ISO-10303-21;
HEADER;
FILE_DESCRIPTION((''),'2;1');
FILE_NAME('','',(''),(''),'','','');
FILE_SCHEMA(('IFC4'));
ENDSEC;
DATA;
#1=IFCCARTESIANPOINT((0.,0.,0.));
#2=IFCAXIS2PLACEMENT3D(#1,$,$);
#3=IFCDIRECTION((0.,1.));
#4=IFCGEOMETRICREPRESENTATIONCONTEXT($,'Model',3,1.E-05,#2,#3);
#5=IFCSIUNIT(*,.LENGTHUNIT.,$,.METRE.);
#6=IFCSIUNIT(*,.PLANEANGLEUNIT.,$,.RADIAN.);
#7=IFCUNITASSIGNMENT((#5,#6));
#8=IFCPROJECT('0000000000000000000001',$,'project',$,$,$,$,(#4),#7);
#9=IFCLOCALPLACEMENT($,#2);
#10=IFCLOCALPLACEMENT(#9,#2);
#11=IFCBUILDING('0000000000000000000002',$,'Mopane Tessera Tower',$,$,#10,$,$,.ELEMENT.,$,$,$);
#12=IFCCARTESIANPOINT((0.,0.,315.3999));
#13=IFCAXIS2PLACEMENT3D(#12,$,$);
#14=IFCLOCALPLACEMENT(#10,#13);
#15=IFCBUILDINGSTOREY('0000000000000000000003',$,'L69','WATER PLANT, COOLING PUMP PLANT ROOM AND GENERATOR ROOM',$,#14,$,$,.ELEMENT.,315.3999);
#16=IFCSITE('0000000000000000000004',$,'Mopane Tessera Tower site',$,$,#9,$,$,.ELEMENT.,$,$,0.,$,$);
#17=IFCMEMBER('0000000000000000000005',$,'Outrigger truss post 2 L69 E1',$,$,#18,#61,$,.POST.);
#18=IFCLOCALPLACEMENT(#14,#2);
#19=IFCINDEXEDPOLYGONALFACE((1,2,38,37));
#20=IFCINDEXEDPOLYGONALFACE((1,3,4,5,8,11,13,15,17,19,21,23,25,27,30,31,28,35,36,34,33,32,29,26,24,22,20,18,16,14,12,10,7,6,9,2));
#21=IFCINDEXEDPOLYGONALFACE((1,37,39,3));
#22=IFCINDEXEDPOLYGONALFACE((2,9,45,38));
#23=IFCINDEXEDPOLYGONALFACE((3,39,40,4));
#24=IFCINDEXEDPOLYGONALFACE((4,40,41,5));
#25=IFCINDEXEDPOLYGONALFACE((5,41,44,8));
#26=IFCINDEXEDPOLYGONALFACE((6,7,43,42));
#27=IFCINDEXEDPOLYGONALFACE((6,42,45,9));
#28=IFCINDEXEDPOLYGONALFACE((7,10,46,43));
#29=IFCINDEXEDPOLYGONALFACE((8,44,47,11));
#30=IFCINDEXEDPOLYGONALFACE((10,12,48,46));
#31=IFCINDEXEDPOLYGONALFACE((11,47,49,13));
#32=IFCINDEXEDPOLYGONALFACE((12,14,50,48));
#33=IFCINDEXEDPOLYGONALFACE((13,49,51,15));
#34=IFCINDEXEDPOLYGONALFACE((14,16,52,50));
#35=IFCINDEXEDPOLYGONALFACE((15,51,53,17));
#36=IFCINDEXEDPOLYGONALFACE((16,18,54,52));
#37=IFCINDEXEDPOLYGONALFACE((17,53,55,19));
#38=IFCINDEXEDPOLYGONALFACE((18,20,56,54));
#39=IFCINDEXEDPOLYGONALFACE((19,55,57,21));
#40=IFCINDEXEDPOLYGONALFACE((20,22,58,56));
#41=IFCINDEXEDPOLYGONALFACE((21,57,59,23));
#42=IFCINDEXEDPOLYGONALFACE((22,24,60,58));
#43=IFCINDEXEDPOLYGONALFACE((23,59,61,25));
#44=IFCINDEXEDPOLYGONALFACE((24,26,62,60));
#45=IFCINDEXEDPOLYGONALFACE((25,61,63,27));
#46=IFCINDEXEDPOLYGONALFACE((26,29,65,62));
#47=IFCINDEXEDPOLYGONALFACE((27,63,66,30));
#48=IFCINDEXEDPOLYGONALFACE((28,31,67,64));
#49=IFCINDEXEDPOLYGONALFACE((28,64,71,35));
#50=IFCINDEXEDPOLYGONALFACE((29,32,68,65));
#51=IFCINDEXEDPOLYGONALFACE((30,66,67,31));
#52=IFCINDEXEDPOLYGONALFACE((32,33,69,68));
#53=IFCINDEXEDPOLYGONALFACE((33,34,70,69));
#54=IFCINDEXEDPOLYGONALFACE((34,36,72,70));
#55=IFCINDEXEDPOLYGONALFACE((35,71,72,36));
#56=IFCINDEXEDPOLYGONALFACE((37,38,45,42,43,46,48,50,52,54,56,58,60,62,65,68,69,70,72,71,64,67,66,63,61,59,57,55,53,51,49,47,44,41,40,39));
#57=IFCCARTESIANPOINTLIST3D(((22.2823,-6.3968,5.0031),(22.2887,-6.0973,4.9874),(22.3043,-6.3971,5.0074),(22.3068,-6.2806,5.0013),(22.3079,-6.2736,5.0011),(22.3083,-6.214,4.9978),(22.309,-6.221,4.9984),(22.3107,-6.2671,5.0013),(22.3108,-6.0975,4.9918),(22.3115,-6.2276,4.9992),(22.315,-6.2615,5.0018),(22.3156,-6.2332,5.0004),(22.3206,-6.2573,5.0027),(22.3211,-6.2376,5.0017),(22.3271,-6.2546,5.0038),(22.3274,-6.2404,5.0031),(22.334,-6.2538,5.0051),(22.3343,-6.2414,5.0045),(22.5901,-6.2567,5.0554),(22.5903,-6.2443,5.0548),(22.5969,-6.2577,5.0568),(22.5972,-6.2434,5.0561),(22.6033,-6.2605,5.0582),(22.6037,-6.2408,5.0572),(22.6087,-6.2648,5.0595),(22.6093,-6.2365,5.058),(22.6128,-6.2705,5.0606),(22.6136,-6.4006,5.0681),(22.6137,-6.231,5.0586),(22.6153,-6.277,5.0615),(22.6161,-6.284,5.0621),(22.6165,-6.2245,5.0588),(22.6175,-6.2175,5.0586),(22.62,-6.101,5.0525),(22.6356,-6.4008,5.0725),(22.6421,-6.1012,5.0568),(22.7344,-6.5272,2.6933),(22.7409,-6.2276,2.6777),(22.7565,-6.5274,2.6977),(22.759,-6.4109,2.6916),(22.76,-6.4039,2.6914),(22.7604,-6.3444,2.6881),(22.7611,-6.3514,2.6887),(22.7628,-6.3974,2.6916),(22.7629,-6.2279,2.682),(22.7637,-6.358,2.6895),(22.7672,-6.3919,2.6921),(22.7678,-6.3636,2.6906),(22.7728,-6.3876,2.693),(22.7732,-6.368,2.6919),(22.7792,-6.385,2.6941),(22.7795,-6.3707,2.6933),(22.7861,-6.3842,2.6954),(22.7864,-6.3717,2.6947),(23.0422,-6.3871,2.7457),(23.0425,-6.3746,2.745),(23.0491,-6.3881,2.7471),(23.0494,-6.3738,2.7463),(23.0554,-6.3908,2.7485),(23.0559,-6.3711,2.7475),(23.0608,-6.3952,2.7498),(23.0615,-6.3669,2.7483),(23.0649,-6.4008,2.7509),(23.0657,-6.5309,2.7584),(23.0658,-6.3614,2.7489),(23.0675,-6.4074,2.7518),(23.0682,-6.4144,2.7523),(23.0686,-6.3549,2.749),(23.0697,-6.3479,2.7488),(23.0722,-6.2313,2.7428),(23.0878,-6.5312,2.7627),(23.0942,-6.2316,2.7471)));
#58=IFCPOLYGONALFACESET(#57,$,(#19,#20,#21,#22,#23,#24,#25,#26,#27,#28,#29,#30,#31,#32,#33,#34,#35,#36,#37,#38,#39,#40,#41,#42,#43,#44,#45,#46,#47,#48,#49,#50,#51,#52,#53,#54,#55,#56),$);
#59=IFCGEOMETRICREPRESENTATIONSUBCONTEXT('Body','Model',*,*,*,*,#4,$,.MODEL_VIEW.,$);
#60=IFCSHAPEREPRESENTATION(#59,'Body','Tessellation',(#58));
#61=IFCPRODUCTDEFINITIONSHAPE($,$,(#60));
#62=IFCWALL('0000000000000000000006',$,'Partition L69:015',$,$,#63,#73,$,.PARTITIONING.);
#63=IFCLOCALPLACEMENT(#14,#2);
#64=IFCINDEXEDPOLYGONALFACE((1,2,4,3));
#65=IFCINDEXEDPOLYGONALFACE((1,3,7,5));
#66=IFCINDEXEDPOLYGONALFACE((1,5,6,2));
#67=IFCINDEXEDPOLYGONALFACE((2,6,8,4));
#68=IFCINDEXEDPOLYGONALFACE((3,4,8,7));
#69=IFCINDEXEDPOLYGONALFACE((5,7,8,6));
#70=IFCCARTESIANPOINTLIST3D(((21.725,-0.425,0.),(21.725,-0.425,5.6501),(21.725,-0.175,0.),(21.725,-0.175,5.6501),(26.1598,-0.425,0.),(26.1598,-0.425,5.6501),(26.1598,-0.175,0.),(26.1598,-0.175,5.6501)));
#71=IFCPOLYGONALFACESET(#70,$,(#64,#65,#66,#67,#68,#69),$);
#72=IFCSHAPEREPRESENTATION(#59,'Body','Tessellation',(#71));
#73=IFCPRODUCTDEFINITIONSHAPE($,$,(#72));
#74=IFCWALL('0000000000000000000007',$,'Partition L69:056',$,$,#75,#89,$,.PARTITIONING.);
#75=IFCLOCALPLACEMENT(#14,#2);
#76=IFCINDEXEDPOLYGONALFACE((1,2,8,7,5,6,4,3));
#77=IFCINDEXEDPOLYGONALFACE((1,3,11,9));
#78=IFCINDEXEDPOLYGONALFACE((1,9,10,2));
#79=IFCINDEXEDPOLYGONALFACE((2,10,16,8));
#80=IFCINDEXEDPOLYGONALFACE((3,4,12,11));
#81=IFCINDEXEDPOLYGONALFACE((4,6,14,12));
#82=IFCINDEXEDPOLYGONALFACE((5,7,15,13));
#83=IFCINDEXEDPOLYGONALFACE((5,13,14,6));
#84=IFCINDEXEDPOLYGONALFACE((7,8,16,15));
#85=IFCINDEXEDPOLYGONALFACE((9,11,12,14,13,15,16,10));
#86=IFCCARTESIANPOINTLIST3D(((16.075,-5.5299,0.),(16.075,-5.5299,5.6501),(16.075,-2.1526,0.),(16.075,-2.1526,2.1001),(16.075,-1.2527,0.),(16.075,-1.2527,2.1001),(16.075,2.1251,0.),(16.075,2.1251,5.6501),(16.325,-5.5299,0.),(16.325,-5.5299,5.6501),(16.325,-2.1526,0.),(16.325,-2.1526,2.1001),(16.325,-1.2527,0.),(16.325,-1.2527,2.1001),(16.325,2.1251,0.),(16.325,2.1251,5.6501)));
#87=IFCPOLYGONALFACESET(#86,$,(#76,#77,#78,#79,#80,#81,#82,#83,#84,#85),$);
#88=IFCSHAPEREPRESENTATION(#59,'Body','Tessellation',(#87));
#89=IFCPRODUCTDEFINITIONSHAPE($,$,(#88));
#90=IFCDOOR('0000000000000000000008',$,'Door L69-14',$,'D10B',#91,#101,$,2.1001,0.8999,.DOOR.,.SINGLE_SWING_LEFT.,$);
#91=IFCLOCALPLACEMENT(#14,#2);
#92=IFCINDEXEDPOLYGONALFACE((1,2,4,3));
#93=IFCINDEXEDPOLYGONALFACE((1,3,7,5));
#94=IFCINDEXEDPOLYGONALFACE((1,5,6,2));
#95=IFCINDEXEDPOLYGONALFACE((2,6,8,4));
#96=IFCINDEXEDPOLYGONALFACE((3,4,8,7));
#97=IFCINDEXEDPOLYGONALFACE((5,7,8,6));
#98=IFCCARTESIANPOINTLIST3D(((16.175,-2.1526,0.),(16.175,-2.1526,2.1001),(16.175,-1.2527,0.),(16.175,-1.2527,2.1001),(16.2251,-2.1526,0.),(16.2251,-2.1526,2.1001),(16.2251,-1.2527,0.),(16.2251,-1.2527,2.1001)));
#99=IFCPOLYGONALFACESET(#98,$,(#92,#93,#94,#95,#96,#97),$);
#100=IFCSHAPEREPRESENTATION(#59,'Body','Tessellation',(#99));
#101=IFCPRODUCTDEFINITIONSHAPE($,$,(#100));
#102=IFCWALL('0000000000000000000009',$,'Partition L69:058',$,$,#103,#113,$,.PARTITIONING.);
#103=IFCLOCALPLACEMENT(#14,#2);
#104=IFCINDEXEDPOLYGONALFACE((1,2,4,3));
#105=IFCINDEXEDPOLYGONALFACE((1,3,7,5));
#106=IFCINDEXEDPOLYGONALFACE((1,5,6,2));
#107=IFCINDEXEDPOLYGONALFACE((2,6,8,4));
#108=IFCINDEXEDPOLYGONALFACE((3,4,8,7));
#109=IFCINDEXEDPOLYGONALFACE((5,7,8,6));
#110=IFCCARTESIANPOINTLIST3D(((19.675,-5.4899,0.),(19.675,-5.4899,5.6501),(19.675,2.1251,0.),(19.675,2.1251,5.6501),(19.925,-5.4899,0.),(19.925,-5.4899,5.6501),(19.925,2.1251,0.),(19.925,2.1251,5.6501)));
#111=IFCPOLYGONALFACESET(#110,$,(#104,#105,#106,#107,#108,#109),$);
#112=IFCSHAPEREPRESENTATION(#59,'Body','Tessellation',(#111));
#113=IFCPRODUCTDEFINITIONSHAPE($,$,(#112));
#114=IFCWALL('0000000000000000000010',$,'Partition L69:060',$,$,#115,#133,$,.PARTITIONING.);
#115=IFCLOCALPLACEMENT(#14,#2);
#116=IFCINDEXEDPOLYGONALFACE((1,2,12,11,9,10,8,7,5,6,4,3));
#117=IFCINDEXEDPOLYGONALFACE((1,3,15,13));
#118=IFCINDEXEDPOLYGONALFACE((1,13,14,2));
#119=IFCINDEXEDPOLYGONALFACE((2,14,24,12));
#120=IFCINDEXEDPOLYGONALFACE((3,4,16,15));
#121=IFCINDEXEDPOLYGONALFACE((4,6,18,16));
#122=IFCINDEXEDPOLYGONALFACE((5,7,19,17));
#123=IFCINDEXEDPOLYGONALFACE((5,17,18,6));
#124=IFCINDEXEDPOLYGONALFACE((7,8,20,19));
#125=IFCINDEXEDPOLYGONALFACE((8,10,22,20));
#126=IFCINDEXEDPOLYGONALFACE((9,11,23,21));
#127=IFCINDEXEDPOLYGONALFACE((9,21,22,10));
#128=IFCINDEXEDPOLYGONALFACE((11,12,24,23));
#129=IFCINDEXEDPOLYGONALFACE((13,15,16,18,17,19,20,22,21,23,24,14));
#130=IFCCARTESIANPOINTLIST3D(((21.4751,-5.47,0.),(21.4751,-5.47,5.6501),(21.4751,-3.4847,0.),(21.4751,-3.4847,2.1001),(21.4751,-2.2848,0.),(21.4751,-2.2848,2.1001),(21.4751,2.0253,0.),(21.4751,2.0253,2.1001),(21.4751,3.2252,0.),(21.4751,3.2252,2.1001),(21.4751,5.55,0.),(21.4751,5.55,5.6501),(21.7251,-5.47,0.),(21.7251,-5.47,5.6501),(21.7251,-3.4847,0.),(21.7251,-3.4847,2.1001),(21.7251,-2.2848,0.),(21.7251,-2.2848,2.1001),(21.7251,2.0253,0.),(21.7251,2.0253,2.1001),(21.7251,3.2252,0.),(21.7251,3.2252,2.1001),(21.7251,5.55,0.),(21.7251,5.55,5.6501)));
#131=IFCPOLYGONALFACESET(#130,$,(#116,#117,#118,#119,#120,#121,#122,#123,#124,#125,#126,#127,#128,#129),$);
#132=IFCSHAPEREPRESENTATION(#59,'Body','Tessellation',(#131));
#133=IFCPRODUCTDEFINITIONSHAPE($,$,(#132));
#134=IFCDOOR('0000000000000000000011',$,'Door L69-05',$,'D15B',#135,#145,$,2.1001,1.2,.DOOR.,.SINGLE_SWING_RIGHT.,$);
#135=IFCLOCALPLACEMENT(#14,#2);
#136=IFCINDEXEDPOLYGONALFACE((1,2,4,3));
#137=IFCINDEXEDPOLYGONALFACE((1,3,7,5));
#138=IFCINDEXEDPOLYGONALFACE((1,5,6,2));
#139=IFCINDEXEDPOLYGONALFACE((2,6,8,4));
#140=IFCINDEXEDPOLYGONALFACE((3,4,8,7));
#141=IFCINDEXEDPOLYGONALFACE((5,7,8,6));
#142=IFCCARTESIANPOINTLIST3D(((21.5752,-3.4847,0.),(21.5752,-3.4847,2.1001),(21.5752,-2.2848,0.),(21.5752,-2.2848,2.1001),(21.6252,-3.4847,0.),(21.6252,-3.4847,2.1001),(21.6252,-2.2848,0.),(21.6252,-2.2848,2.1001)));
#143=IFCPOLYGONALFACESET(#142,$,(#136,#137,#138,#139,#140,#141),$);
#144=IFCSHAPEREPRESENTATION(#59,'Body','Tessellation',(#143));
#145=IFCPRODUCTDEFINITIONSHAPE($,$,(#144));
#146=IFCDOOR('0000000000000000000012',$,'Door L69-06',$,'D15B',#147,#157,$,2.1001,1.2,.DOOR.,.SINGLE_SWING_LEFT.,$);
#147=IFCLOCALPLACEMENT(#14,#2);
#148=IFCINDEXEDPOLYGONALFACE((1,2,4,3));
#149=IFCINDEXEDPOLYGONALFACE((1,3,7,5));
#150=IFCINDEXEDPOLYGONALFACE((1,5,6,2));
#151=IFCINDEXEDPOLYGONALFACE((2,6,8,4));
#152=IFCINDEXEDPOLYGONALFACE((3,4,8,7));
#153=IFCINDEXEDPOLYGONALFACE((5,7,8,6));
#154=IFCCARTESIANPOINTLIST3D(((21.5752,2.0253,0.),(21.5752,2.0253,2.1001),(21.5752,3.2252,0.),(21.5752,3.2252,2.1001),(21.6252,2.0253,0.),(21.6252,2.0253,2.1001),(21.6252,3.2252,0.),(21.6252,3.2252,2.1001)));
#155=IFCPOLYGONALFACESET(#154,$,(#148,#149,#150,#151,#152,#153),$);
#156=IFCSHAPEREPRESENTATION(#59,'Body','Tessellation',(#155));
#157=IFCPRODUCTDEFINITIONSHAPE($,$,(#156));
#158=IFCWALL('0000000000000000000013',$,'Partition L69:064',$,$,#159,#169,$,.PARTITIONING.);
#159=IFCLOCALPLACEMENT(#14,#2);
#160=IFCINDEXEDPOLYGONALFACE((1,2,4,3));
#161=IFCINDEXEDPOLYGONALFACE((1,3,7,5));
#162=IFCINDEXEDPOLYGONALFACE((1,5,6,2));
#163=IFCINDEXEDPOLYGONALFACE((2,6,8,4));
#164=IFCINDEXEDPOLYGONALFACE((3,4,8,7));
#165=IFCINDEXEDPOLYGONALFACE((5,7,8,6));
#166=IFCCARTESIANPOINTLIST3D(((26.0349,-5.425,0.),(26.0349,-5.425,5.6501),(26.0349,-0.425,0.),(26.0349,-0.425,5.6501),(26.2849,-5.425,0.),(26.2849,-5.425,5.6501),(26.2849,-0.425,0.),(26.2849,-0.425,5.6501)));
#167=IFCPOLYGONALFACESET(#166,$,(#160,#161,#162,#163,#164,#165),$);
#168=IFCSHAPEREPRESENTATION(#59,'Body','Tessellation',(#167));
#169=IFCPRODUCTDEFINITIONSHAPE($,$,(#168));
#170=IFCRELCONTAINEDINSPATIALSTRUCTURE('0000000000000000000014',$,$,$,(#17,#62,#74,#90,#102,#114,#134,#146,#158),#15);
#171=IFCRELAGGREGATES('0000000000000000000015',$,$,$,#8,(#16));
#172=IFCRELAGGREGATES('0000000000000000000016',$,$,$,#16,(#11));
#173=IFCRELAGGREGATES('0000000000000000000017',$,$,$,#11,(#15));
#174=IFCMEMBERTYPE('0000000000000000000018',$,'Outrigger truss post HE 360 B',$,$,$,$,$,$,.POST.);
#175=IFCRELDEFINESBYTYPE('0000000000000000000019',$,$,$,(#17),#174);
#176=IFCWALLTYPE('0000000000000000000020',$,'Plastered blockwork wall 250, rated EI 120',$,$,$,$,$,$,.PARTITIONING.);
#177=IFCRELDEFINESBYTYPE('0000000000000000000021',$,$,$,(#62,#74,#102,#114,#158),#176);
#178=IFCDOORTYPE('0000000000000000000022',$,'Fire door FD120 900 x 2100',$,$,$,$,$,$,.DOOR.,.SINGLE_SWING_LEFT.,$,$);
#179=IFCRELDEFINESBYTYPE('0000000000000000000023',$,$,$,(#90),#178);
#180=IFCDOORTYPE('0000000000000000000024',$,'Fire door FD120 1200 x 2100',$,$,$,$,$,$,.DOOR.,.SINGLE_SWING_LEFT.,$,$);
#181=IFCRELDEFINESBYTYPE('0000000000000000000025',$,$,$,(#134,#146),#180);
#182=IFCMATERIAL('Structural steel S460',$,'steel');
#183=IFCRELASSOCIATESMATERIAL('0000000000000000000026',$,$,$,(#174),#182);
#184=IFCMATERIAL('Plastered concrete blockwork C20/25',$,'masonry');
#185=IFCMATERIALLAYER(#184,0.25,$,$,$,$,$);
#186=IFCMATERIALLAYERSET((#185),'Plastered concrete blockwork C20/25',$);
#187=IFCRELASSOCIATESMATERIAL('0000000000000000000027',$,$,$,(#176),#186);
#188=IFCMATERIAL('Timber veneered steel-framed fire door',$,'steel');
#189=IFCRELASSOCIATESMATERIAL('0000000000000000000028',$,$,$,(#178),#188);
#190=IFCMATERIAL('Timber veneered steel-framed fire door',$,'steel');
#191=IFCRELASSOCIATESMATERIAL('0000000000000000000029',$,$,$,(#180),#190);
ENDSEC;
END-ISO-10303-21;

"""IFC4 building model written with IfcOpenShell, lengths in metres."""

from ifc_helpers import new_model, si_unit, direction, frame, frame_2d, origin, origin_2d, place, context, subcontext, project, spatial, rectangle, i_section, extrude, material, layer, layer_set, material_profile, profile_set, type_object, element, fill, save


model = new_model("IFC4")

# Units and contexts
model_context = context("Model", 3, precision=1e-05, world=origin(), true_north=direction((0.0, 1.0)))
body_context = subcontext(model_context, "Body", "Model", "MODEL_VIEW")
ifc_project = project(units=[si_unit("LENGTHUNIT", "METRE"), si_unit("PLANEANGLEUNIT", "RADIAN")], contexts=[model_context])

# Site, building, storey
site_placement = place(None, origin())
site = spatial("IfcSite", under=ifc_project, at=site_placement, Name="Mopane Tessera Tower site", CompositionType="ELEMENT", RefElevation=0.0)
building_placement = place(site_placement, origin())
building = spatial("IfcBuilding", under=site, at=building_placement, Name="Mopane Tessera Tower", CompositionType="ELEMENT")
storey_placement = place(building_placement, frame((0.0, 0.0, 315.3999)))
storey = spatial("IfcBuildingStorey", under=building, at=storey_placement, Name="L69", Description="WATER PLANT, COOLING PUMP PLANT ROOM AND GENERATOR ROOM", CompositionType="ELEMENT", Elevation=315.3999)

# Member
ifc_material_1 = material(Name="Structural steel S460", Category="steel")
ifc_material_profile_1 = material_profile(ifc_material_1, i_section(OverallWidth=0.3, OverallDepth=0.3601, WebThickness=0.0125, FlangeThickness=0.0225, FilletRadius=0.0271, at=origin_2d()))
ifc_profile_set_1 = profile_set([ifc_material_profile_1], Name="Structural steel S460")
member_type_1 = type_object("IfcMemberType", Name="Outrigger truss post HE 360 B", PredefinedType="POST", material=ifc_profile_set_1)
member_1_placement = place(storey_placement, frame((22.9143, -6.3794, 2.7202), z_axis=(-0.191811, 0.055306, 0.979872), x_axis=(0.021478, 0.998408, -0.052148)))
element("IfcMember", 1, at=member_1_placement, inside=storey, type_object=member_type_1, Name="Outrigger truss post 2 L69 E1", PredefinedType="POST", context=body_context, shape_type="SweptSolid", body=[
    extrude(i_section(OverallWidth=0.3, OverallDepth=0.3601, WebThickness=0.0125, FlangeThickness=0.0225, FilletRadius=0.0271, at=origin_2d()), origin(), (0.0, 0.0, 1.0), 2.3572),
])

# Wall
ifc_material_2 = material(Name="Plastered concrete blockwork C20/25", Category="masonry")
ifc_layer_1 = layer(ifc_material_2, 0.25)
ifc_layer_set_1 = layer_set([ifc_layer_1], Name="Plastered concrete blockwork C20/25")
wall_type = type_object("IfcWallType", Name="Plastered blockwork wall 250, rated EI 120", PredefinedType="PARTITIONING", material=ifc_layer_set_1)
wall_1_placement = place(storey_placement, frame((21.7251, -0.3, 0.0), z_axis=(0.0, 0.0, 1.0), x_axis=(1.0, 0.0, 0.0)))
element("IfcWall", 2, at=wall_1_placement, inside=storey, type_object=wall_type, Name="Partition L69:015", PredefinedType="PARTITIONING", context=body_context, shape_type="SweptSolid", body=[
    extrude(rectangle(XDim=4.4348, YDim=0.25, at=frame_2d((2.2173, 0.0))), origin(), (0.0, 0.0, 1.0), 5.6501),
])

# Wall, opening, door
wall_2_placement = place(storey_placement, frame((16.2, -5.53, 0.0), z_axis=(0.0, 0.0, 1.0), x_axis=(0.0, 1.0, 0.0)))
wall_2 = element("IfcWall", 3, at=wall_2_placement, inside=storey, type_object=wall_type, Name="Partition L69:056", PredefinedType="PARTITIONING", context=body_context, shape_type="SweptSolid", body=[
    extrude(rectangle(XDim=7.655, YDim=0.25, at=frame_2d((3.8276, 0.0))), origin(), (0.0, 0.0, 1.0), 5.6501),
])
opening_1_placement = place(wall_2_placement, frame((3.3774, 0.0, 0.0)))
opening_1 = element("IfcOpeningElement", 4, at=opening_1_placement, cuts=wall_2, PredefinedType="OPENING", context=body_context, shape_type="SweptSolid", body=[
    extrude(rectangle(XDim=0.8999, YDim=2.1001, at=frame_2d((0.45, 1.05))), frame((0.0, 0.137, 0.0), z_axis=(0.0, -1.0, 0.0), x_axis=(1.0, 0.0, 0.0)), (0.0, 0.0, 1.0), 0.2739),
])
ifc_material_3 = material(Name="Timber veneered steel-framed fire door", Category="steel")
door_type_1 = type_object("IfcDoorType", Name="Fire door FD120 900 x 2100", OperationType="SINGLE_SWING_LEFT", PredefinedType="DOOR", material=ifc_material_3)
door_1_placement = place(opening_1_placement, origin())
door_1 = element("IfcDoor", 5, at=door_1_placement, inside=storey, type_object=door_type_1, Name="Door L69-14", ObjectType="D10B", OperationType="SINGLE_SWING_LEFT", OverallHeight=2.1001, OverallWidth=0.8999, PredefinedType="DOOR", context=body_context, shape_type="SweptSolid", body=[
    extrude(rectangle(XDim=0.8999, YDim=2.1001, at=frame_2d((0.45, 1.05))), frame((0.0, 0.0249, 0.0), z_axis=(0.0, -1.0, 0.0), x_axis=(1.0, 0.0, 0.0)), (0.0, 0.0, 1.0), 0.05),
])
fill(opening_1, door_1)

# Wall
wall_3_placement = place(storey_placement, frame((19.8, -5.49, 0.0), z_axis=(0.0, 0.0, 1.0), x_axis=(0.0, 1.0, 0.0)))
element("IfcWall", 6, at=wall_3_placement, inside=storey, type_object=wall_type, Name="Partition L69:058", PredefinedType="PARTITIONING", context=body_context, shape_type="SweptSolid", body=[
    extrude(rectangle(XDim=7.615, YDim=0.25, at=frame_2d((3.8076, 0.0))), origin(), (0.0, 0.0, 1.0), 5.6501),
])

# Wall, openings, doors
wall_4_placement = place(storey_placement, frame((21.6001, -5.47, 0.0), z_axis=(0.0, 0.0, 1.0), x_axis=(0.0, 1.0, 0.0)))
wall_4 = element("IfcWall", 7, at=wall_4_placement, inside=storey, type_object=wall_type, Name="Partition L69:060", PredefinedType="PARTITIONING", context=body_context, shape_type="SweptSolid", body=[
    extrude(rectangle(XDim=11.02, YDim=0.25, at=frame_2d((5.51, 0.0))), origin(), (0.0, 0.0, 1.0), 5.6501),
])
opening_2_placement = place(wall_4_placement, frame((1.9851, 0.0, 0.0)))
opening_2 = element("IfcOpeningElement", 8, at=opening_2_placement, cuts=wall_4, PredefinedType="OPENING", context=body_context, shape_type="SweptSolid", body=[
    extrude(rectangle(XDim=1.2, YDim=2.1001, at=frame_2d((0.6001, 1.05))), frame((0.0, 0.137, 0.0), z_axis=(0.0, -1.0, 0.0), x_axis=(1.0, 0.0, 0.0)), (0.0, 0.0, 1.0), 0.2739),
])
opening_3_placement = place(wall_4_placement, frame((7.4951, 0.0, 0.0)))
opening_3 = element("IfcOpeningElement", 9, at=opening_3_placement, cuts=wall_4, PredefinedType="OPENING", context=body_context, shape_type="SweptSolid", body=[
    extrude(rectangle(XDim=1.2, YDim=2.1001, at=frame_2d((0.6001, 1.05))), frame((0.0, 0.137, 0.0), z_axis=(0.0, -1.0, 0.0), x_axis=(1.0, 0.0, 0.0)), (0.0, 0.0, 1.0), 0.2739),
])
ifc_material_4 = material(Name="Timber veneered steel-framed fire door", Category="steel")
door_type_2 = type_object("IfcDoorType", Name="Fire door FD120 1200 x 2100", OperationType="SINGLE_SWING_LEFT", PredefinedType="DOOR", material=ifc_material_4)
door_2_placement = place(opening_2_placement, origin())
door_2 = element("IfcDoor", 10, at=door_2_placement, inside=storey, type_object=door_type_2, Name="Door L69-05", ObjectType="D15B", OperationType="SINGLE_SWING_RIGHT", OverallHeight=2.1001, OverallWidth=1.2, PredefinedType="DOOR", context=body_context, shape_type="SweptSolid", body=[
    extrude(rectangle(XDim=1.2, YDim=2.1001, at=frame_2d((0.6001, 1.05))), frame((0.0, 0.0249, 0.0), z_axis=(0.0, -1.0, 0.0), x_axis=(1.0, 0.0, 0.0)), (0.0, 0.0, 1.0), 0.05),
])
fill(opening_2, door_2)
door_3_placement = place(opening_3_placement, origin())
door_3 = element("IfcDoor", 11, at=door_3_placement, inside=storey, type_object=door_type_2, Name="Door L69-06", ObjectType="D15B", OperationType="SINGLE_SWING_LEFT", OverallHeight=2.1001, OverallWidth=1.2, PredefinedType="DOOR", context=body_context, shape_type="SweptSolid", body=[
    extrude(rectangle(XDim=1.2, YDim=2.1001, at=frame_2d((0.6001, 1.05))), frame((0.0, 0.0249, 0.0), z_axis=(0.0, -1.0, 0.0), x_axis=(1.0, 0.0, 0.0)), (0.0, 0.0, 1.0), 0.05),
])
fill(opening_3, door_3)

# Wall
wall_5_placement = place(storey_placement, frame((26.1599, -5.425, 0.0), z_axis=(0.0, 0.0, 1.0), x_axis=(0.0, 1.0, 0.0)))
element("IfcWall", 12, at=wall_5_placement, inside=storey, type_object=wall_type, Name="Partition L69:064", PredefinedType="PARTITIONING", context=body_context, shape_type="SweptSolid", body=[
    extrude(rectangle(XDim=5.0, YDim=0.25, at=frame_2d((2.5, 0.0))), origin(), (0.0, 0.0, 1.0), 5.6501),
])

save(model, "model.ifc")
